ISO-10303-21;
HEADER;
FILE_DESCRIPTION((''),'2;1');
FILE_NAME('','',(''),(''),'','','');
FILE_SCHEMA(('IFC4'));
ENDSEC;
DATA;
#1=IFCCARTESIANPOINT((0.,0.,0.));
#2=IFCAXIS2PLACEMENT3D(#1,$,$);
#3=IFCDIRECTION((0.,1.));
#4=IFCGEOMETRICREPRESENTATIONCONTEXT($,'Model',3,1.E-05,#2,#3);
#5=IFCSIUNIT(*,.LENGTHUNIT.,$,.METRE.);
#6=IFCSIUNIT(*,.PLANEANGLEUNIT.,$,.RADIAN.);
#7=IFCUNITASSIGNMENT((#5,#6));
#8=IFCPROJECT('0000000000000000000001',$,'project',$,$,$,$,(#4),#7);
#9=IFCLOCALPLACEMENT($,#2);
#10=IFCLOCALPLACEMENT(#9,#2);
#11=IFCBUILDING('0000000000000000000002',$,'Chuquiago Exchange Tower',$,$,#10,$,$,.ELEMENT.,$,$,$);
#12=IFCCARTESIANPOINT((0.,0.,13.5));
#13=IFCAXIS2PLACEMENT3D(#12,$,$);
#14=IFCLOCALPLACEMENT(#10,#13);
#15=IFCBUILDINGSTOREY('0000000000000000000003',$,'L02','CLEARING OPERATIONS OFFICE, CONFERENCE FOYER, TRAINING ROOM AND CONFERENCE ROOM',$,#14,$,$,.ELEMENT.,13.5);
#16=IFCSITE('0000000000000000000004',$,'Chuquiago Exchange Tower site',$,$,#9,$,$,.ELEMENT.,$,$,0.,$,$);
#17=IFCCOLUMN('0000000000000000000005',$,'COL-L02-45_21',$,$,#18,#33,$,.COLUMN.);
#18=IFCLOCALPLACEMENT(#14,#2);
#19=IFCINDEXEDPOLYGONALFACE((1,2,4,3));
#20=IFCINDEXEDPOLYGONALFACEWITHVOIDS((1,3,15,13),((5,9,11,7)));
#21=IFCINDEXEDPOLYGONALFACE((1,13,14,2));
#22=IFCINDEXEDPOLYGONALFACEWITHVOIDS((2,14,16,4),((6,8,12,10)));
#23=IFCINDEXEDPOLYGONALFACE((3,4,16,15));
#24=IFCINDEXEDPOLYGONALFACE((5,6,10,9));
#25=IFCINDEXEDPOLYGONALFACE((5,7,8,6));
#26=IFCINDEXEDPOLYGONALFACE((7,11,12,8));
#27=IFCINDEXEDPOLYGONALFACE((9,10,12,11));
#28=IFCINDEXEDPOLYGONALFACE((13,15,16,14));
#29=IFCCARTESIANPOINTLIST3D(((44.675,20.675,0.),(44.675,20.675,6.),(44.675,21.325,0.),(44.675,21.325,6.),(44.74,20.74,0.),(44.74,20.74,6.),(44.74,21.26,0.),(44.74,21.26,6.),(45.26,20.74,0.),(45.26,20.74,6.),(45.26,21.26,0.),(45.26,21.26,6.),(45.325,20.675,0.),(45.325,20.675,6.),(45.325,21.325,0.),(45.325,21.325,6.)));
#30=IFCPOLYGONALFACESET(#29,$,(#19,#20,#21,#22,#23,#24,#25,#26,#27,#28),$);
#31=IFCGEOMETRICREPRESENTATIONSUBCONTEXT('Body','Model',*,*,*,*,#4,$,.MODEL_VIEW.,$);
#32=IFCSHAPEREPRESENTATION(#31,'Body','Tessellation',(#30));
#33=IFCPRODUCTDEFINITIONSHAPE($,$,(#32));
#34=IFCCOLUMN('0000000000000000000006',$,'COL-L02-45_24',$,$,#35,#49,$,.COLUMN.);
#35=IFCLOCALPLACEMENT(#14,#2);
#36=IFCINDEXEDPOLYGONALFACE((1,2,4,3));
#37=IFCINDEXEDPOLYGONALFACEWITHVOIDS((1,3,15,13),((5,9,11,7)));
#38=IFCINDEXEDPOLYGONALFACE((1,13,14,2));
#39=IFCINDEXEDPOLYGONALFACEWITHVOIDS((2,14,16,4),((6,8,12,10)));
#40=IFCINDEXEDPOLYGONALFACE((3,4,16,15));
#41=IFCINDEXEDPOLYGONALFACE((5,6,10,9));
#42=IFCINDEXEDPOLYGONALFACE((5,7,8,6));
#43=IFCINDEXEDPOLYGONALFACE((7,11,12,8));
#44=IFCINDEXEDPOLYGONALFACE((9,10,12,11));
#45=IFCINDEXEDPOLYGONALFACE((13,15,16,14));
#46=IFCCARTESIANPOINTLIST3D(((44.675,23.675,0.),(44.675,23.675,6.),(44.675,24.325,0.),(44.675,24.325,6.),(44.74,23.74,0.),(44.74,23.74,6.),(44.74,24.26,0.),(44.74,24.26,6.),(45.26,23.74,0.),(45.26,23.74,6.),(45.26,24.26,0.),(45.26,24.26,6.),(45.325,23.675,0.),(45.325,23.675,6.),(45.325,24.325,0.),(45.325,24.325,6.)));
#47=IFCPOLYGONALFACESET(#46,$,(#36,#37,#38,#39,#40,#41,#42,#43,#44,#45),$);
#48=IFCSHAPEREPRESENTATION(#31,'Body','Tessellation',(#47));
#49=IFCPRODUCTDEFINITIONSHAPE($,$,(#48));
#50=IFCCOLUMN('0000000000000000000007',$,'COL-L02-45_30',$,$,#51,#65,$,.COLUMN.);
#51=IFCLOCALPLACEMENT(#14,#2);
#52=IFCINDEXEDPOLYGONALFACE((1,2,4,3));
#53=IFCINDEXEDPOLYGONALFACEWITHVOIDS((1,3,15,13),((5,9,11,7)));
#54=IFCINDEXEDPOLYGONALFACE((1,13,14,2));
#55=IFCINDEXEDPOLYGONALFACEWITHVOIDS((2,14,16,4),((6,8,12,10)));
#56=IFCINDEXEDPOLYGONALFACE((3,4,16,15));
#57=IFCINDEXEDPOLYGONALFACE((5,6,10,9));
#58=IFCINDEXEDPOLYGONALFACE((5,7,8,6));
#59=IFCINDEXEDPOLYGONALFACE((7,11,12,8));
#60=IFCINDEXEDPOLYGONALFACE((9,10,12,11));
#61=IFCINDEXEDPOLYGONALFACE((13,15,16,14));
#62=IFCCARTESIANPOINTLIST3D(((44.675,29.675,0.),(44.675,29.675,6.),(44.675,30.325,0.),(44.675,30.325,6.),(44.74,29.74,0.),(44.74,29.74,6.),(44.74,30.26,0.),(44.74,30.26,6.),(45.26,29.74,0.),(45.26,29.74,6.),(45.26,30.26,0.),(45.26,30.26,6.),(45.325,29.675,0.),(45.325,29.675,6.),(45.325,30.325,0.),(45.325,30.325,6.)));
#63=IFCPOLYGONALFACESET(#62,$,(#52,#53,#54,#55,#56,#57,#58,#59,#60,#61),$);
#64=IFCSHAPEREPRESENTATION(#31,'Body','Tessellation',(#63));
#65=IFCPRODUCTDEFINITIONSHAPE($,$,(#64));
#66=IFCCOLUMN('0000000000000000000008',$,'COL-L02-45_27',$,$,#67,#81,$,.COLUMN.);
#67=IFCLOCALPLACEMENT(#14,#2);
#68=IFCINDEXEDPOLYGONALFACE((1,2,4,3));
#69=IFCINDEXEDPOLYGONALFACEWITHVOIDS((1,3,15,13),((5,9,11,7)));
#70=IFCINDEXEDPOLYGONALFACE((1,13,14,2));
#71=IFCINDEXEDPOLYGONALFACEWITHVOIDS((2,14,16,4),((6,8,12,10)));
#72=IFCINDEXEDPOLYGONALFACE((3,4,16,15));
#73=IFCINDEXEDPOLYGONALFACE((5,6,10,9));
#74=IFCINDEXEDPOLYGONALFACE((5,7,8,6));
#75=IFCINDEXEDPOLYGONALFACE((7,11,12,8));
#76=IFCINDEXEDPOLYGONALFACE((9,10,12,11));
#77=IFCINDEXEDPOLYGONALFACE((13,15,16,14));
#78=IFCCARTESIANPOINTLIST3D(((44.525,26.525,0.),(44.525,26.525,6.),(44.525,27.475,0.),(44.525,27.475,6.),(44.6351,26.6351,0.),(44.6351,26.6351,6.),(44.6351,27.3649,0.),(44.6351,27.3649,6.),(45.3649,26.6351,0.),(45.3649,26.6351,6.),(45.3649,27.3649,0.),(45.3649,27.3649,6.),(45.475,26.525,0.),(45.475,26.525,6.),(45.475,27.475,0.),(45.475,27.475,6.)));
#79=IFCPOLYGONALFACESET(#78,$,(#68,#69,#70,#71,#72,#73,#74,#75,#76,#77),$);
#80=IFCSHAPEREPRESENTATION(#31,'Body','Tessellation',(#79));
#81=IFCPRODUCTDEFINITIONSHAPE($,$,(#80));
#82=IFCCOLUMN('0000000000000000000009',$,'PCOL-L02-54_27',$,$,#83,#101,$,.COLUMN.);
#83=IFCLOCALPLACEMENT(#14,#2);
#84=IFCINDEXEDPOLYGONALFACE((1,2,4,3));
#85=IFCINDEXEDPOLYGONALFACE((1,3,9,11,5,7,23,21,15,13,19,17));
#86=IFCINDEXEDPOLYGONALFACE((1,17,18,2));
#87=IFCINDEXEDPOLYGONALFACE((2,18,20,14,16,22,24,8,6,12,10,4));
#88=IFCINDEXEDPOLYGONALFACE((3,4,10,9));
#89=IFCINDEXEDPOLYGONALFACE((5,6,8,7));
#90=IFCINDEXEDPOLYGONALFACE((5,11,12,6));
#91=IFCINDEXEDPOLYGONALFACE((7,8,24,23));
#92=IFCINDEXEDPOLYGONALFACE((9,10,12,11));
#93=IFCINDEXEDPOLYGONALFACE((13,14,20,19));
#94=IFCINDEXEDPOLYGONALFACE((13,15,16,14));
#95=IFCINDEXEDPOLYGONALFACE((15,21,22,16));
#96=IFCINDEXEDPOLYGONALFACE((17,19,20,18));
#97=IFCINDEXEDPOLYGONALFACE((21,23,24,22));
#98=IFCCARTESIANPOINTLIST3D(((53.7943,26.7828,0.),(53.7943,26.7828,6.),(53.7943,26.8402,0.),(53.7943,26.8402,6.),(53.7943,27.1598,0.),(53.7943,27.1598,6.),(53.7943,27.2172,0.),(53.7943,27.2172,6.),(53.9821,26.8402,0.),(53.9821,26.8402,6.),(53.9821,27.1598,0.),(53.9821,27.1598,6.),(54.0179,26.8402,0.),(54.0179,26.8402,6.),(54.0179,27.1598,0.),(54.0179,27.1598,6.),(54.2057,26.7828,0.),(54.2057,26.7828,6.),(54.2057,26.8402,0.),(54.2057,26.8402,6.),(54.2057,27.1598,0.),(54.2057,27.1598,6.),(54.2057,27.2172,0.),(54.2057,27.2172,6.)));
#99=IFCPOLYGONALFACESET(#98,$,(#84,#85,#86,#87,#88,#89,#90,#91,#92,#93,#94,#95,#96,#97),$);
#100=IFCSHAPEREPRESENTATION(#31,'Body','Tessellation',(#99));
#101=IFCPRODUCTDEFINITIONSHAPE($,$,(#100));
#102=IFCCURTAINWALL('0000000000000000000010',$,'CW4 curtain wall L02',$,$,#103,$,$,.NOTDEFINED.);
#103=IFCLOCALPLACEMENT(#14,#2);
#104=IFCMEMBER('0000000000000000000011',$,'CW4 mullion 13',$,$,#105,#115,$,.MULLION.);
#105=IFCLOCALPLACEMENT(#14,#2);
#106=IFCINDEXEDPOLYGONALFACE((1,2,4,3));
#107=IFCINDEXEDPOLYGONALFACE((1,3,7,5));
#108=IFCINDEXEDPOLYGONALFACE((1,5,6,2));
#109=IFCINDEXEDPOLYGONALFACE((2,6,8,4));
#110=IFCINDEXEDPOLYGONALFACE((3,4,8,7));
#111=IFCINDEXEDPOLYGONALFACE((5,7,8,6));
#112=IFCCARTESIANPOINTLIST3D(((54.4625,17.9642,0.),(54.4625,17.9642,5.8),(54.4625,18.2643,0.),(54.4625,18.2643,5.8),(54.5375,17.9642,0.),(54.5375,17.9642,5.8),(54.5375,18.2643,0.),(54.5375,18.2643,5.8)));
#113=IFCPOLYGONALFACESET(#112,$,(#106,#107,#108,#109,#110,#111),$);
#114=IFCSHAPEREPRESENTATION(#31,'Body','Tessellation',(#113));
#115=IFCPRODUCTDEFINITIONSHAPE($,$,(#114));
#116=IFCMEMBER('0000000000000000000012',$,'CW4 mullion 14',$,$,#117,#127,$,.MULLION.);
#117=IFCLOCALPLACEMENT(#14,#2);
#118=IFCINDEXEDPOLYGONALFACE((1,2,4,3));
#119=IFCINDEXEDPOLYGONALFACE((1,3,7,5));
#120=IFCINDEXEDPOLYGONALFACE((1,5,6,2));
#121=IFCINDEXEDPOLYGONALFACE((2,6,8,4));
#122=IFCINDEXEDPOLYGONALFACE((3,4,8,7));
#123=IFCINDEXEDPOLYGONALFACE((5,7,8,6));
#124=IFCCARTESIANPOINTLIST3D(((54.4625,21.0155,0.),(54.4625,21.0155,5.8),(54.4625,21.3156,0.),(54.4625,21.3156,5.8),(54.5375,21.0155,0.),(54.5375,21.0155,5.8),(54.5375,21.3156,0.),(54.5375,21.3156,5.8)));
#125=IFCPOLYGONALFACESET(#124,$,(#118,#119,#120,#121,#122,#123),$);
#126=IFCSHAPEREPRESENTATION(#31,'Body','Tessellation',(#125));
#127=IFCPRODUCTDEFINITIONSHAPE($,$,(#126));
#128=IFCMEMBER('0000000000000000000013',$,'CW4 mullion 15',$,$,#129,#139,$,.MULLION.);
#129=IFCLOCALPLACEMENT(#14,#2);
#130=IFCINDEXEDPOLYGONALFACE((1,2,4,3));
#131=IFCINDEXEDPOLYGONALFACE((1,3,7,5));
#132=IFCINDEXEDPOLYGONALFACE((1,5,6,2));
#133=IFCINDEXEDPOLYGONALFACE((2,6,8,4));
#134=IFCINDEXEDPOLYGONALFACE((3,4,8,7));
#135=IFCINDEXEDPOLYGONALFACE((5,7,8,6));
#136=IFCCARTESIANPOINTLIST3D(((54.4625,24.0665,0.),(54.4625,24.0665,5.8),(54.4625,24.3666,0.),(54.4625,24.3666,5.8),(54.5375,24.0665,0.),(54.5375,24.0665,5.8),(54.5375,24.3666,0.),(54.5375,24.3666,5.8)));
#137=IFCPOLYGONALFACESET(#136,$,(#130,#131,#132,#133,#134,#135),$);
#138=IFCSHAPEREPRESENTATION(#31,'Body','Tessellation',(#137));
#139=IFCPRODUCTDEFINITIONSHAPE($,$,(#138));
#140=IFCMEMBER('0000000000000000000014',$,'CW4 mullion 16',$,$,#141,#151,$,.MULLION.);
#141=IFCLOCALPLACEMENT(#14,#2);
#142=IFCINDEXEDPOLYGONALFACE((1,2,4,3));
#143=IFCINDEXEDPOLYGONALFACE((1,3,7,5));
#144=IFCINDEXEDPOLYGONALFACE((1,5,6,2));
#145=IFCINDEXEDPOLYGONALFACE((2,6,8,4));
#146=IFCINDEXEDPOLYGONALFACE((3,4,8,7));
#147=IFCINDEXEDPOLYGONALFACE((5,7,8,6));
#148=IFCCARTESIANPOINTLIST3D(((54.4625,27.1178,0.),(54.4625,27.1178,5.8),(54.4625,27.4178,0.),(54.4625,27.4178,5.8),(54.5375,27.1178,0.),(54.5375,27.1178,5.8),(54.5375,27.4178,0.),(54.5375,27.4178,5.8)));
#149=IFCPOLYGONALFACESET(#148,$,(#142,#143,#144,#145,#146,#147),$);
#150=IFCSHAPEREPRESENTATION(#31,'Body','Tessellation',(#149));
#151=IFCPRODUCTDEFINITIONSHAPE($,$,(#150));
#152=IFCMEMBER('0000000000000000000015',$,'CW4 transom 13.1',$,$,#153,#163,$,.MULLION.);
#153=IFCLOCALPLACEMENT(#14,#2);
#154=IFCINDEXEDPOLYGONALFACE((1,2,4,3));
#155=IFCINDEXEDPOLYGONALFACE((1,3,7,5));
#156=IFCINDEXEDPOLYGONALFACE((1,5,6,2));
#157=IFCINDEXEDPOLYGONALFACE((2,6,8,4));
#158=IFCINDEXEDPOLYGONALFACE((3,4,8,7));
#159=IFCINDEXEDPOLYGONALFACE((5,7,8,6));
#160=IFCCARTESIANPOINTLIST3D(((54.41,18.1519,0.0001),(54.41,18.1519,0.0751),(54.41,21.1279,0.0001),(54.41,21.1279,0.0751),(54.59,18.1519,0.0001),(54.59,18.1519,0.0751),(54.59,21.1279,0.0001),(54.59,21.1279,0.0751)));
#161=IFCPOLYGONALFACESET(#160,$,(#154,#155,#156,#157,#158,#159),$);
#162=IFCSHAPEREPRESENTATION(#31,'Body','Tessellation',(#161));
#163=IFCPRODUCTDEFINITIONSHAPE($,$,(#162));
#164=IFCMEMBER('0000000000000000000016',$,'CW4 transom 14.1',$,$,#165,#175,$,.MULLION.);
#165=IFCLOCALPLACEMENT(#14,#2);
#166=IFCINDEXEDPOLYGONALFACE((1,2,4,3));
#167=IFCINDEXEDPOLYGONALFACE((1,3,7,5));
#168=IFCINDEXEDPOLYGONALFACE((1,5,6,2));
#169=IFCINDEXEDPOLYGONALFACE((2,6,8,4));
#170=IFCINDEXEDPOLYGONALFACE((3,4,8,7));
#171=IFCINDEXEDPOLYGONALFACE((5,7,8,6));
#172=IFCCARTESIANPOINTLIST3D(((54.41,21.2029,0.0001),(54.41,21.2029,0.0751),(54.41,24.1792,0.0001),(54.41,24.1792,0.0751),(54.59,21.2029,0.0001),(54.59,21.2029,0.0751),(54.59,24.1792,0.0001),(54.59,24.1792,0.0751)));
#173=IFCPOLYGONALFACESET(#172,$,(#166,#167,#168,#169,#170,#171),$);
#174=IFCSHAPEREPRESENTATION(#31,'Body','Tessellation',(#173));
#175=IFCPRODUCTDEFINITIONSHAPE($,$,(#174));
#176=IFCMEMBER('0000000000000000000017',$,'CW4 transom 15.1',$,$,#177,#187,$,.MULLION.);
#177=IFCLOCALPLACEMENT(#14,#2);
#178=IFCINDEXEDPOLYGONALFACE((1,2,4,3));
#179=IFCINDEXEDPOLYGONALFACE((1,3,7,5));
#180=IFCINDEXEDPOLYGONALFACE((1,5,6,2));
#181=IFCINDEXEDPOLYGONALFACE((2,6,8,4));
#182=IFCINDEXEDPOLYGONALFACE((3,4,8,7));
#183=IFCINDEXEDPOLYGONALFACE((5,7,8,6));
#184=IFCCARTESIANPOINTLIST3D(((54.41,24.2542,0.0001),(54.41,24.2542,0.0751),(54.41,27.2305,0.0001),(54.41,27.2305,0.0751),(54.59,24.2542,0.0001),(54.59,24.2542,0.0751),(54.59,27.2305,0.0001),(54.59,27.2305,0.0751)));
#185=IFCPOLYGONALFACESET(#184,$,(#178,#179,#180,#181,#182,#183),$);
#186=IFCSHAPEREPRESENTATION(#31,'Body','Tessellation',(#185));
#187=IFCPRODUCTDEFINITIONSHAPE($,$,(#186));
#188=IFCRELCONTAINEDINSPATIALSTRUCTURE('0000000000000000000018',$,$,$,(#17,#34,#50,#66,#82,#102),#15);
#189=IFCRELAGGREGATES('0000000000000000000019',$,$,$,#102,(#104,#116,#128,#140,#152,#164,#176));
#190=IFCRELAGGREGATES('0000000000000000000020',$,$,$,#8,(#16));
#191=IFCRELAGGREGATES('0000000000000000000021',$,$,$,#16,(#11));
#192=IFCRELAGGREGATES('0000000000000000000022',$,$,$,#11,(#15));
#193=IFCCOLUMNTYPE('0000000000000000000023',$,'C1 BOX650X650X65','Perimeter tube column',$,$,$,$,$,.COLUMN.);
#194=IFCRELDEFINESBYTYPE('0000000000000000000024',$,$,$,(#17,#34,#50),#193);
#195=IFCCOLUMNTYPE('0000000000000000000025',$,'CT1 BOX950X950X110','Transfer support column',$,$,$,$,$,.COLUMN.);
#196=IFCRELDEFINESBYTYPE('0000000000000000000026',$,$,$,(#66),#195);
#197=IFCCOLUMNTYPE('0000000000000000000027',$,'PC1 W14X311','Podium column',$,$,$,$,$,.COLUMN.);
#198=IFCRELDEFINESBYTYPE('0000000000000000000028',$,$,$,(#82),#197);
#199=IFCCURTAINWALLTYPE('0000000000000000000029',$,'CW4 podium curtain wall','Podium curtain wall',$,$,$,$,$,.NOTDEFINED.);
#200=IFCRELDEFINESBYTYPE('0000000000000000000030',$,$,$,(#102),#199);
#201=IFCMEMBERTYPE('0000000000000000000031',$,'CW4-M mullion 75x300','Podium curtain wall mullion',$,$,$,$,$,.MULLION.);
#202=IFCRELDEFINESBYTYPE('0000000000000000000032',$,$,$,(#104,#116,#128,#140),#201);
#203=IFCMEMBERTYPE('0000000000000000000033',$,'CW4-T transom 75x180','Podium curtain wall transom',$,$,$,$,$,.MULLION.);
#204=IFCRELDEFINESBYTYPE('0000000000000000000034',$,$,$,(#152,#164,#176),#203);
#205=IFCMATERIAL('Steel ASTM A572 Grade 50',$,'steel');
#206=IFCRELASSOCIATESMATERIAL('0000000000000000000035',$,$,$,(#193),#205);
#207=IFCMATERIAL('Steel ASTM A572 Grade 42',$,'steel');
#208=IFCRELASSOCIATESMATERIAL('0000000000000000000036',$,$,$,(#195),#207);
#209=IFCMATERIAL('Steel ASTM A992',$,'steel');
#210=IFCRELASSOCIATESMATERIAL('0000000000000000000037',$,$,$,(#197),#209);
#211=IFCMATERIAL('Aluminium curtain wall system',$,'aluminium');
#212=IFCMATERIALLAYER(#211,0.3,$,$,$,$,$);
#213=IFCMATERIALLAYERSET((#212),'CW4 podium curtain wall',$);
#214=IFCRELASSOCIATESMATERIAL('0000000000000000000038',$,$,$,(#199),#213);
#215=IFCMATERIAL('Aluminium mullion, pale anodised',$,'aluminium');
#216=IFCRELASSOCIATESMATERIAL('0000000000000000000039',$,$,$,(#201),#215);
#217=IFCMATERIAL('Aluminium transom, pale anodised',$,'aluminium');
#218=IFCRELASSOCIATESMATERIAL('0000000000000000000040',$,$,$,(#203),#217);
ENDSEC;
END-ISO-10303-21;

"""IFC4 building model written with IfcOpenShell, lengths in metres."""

from ifc_helpers import new_model, si_unit, direction, frame, origin, origin_2d, place, context, subcontext, project, spatial, rectangle, hollow_rectangle, i_section, extrude, material, layer, layer_set, material_profile, profile_set, type_object, element, aggregate, save


model = new_model("IFC4")

# Units and contexts
model_context = context("Model", 3, precision=1e-05, world=origin(), true_north=direction((0.0, 1.0)))
body_context = subcontext(model_context, "Body", "Model", "MODEL_VIEW")
ifc_project = project(units=[si_unit("LENGTHUNIT", "METRE"), si_unit("PLANEANGLEUNIT", "RADIAN")], contexts=[model_context])

# Site, building, storey
site_placement = place(None, origin())
site = spatial("IfcSite", under=ifc_project, at=site_placement, Name="Chuquiago Exchange Tower site", CompositionType="ELEMENT", RefElevation=0.0)
building_placement = place(site_placement, origin())
building = spatial("IfcBuilding", under=site, at=building_placement, Name="Chuquiago Exchange Tower", CompositionType="ELEMENT")
storey_placement = place(building_placement, frame((0.0, 0.0, 13.5)))
storey = spatial("IfcBuildingStorey", under=building, at=storey_placement, Name="L02", Description="CLEARING OPERATIONS OFFICE, CONFERENCE FOYER, TRAINING ROOM AND CONFERENCE ROOM", CompositionType="ELEMENT", Elevation=13.5)

# Columns
ifc_material_1 = material(Name="Steel ASTM A572 Grade 50", Category="steel")
ifc_material_profile_1 = material_profile(ifc_material_1, hollow_rectangle(XDim=0.6499, YDim=0.6499, WallThickness=0.0649, at=origin_2d()), Name="BOX650X650X65")
ifc_profile_set_1 = profile_set([ifc_material_profile_1], Name="Steel ASTM A572 Grade 50")
column_type_1 = type_object("IfcColumnType", Name="C1 BOX650X650X65", Description="Perimeter tube column", PredefinedType="COLUMN", material=ifc_profile_set_1)
for number, where, z_axis, x_axis, name in (
    (1, (45.0, 21.0, 0.0), (0.0, 0.0, 1.0), (1.0, 0.0, 0.0), "COL-L02-45_21"),
    (2, (45.0, 24.0, 0.0), (0.0, 0.0, 1.0), (1.0, 0.0, 0.0), "COL-L02-45_24"),
    (3, (45.0, 30.0, 0.0), (0.0, 0.0, 1.0), (1.0, 0.0, 0.0), "COL-L02-45_30"),
):
    element("IfcColumn", number, at=place(storey_placement, frame(where, z_axis=z_axis, x_axis=x_axis)), inside=storey, type_object=column_type_1, Name=name, PredefinedType="COLUMN", context=body_context, shape_type="SweptSolid", body=[
        extrude(hollow_rectangle(XDim=0.6499, YDim=0.6499, WallThickness=0.0649, at=origin_2d()), origin(), (0.0, 0.0, 1.0), 6.0),
    ])
ifc_material_2 = material(Name="Steel ASTM A572 Grade 42", Category="steel")
ifc_material_profile_2 = material_profile(ifc_material_2, hollow_rectangle(XDim=0.95, YDim=0.95, WallThickness=0.1101, at=origin_2d()), Name="BOX950X950X110")
ifc_profile_set_2 = profile_set([ifc_material_profile_2], Name="Steel ASTM A572 Grade 42")
column_type_2 = type_object("IfcColumnType", Name="CT1 BOX950X950X110", Description="Transfer support column", PredefinedType="COLUMN", material=ifc_profile_set_2)
column_1_placement = place(storey_placement, frame((45.0, 27.0, 0.0), z_axis=(0.0, 0.0, 1.0), x_axis=(1.0, 0.0, 0.0)))
element("IfcColumn", 4, at=column_1_placement, inside=storey, type_object=column_type_2, Name="COL-L02-45_27", PredefinedType="COLUMN", context=body_context, shape_type="SweptSolid", body=[
    extrude(hollow_rectangle(XDim=0.95, YDim=0.95, WallThickness=0.1101, at=origin_2d()), origin(), (0.0, 0.0, 1.0), 6.0),
])
ifc_material_3 = material(Name="Steel ASTM A992", Category="steel")
ifc_material_profile_3 = material_profile(ifc_material_3, i_section(OverallWidth=0.4114, OverallDepth=0.4343, WebThickness=0.0359, FlangeThickness=0.0574, at=origin_2d()), Name="W14X311")
ifc_profile_set_3 = profile_set([ifc_material_profile_3], Name="Steel ASTM A992")
column_type_3 = type_object("IfcColumnType", Name="PC1 W14X311", Description="Podium column", PredefinedType="COLUMN", material=ifc_profile_set_3)
column_2_placement = place(storey_placement, frame((54.0, 27.0, 0.0), z_axis=(0.0, 0.0, 1.0), x_axis=(1.0, 0.0, 0.0)))
element("IfcColumn", 5, at=column_2_placement, inside=storey, type_object=column_type_3, Name="PCOL-L02-54_27", PredefinedType="COLUMN", context=body_context, shape_type="SweptSolid", body=[
    extrude(i_section(OverallWidth=0.4114, OverallDepth=0.4343, WebThickness=0.0359, FlangeThickness=0.0574, at=origin_2d()), origin(), (0.0, 0.0, 1.0), 6.0),
])

# Curtain wall, members
ifc_material_4 = material(Name="Aluminium curtain wall system", Category="aluminium")
ifc_layer_1 = layer(ifc_material_4, 0.3)
ifc_layer_set_1 = layer_set([ifc_layer_1], Name="CW4 podium curtain wall")
curtain_wall_type = type_object("IfcCurtainWallType", Name="CW4 podium curtain wall", Description="Podium curtain wall", PredefinedType="NOTDEFINED", material=ifc_layer_set_1)
curtain_wall_placement = place(storey_placement, origin())
curtain_wall = element("IfcCurtainWall", 6, at=curtain_wall_placement, inside=storey, type_object=curtain_wall_type, Name="CW4 curtain wall L02", PredefinedType="NOTDEFINED")
ifc_material_5 = material(Name="Aluminium mullion, pale anodised", Category="aluminium")
ifc_material_profile_4 = material_profile(ifc_material_5, rectangle(XDim=0.075, YDim=0.3, at=origin_2d()), Name="AL 75x300")
ifc_profile_set_4 = profile_set([ifc_material_profile_4], Name="Aluminium mullion, pale anodised")
member_type_1 = type_object("IfcMemberType", Name="CW4-M mullion 75x300", Description="Podium curtain wall mullion", PredefinedType="MULLION", material=ifc_profile_set_4)
member_1_placement = place(storey_placement, frame((54.5, 18.1143, 0.0), z_axis=(0.0, 0.0, 1.0), x_axis=(-1.0, 0.0, 0.0)))
member_1 = element("IfcMember", 7, at=member_1_placement, type_object=member_type_1, Name="CW4 mullion 13", PredefinedType="MULLION", context=body_context, shape_type="SweptSolid", body=[
    extrude(rectangle(XDim=0.075, YDim=0.3, at=origin_2d()), origin(), (0.0, 0.0, 1.0), 5.8),
])
member_2_placement = place(storey_placement, frame((54.5, 21.1655, 0.0), z_axis=(0.0, 0.0, 1.0), x_axis=(-1.0, 0.0, 0.0)))
member_2 = element("IfcMember", 8, at=member_2_placement, type_object=member_type_1, Name="CW4 mullion 14", PredefinedType="MULLION", context=body_context, shape_type="SweptSolid", body=[
    extrude(rectangle(XDim=0.075, YDim=0.3, at=origin_2d()), origin(), (0.0, 0.0, 1.0), 5.8),
])
member_3_placement = place(storey_placement, frame((54.5, 24.2166, 0.0), z_axis=(0.0, 0.0, 1.0), x_axis=(-1.0, 0.0, 0.0)))
member_3 = element("IfcMember", 9, at=member_3_placement, type_object=member_type_1, Name="CW4 mullion 15", PredefinedType="MULLION", context=body_context, shape_type="SweptSolid", body=[
    extrude(rectangle(XDim=0.075, YDim=0.3, at=origin_2d()), origin(), (0.0, 0.0, 1.0), 5.8),
])
member_4_placement = place(storey_placement, frame((54.5, 27.2678, 0.0), z_axis=(0.0, 0.0, 1.0), x_axis=(-1.0, 0.0, 0.0)))
member_4 = element("IfcMember", 10, at=member_4_placement, type_object=member_type_1, Name="CW4 mullion 16", PredefinedType="MULLION", context=body_context, shape_type="SweptSolid", body=[
    extrude(rectangle(XDim=0.075, YDim=0.3, at=origin_2d()), origin(), (0.0, 0.0, 1.0), 5.8),
])
ifc_material_6 = material(Name="Aluminium transom, pale anodised", Category="aluminium")
ifc_material_profile_5 = material_profile(ifc_material_6, rectangle(XDim=0.1799, YDim=0.075, at=origin_2d()), Name="AL 180x75")
ifc_profile_set_5 = profile_set([ifc_material_profile_5], Name="Aluminium transom, pale anodised")
member_type_2 = type_object("IfcMemberType", Name="CW4-T transom 75x180", Description="Podium curtain wall transom", PredefinedType="MULLION", material=ifc_profile_set_5)
member_5_placement = place(storey_placement, frame((54.5, 18.1519, 0.0376), z_axis=(0.0, 1.0, 0.0), x_axis=(-1.0, 0.0, 0.0)))
member_5 = element("IfcMember", 11, at=member_5_placement, type_object=member_type_2, Name="CW4 transom 13.1", PredefinedType="MULLION", context=body_context, shape_type="SweptSolid", body=[
    extrude(rectangle(XDim=0.1799, YDim=0.075, at=origin_2d()), origin(), (0.0, 0.0, 1.0), 2.9761),
])
member_6_placement = place(storey_placement, frame((54.5, 21.2029, 0.0376), z_axis=(0.0, 1.0, 0.0), x_axis=(-1.0, 0.0, 0.0)))
member_6 = element("IfcMember", 12, at=member_6_placement, type_object=member_type_2, Name="CW4 transom 14.1", PredefinedType="MULLION", context=body_context, shape_type="SweptSolid", body=[
    extrude(rectangle(XDim=0.1799, YDim=0.075, at=origin_2d()), origin(), (0.0, 0.0, 1.0), 2.9763),
])
member_7_placement = place(storey_placement, frame((54.5, 24.2542, 0.0376), z_axis=(0.0, 1.0, 0.0), x_axis=(-1.0, 0.0, 0.0)))
member_7 = element("IfcMember", 13, at=member_7_placement, type_object=member_type_2, Name="CW4 transom 15.1", PredefinedType="MULLION", context=body_context, shape_type="SweptSolid", body=[
    extrude(rectangle(XDim=0.1799, YDim=0.075, at=origin_2d()), origin(), (0.0, 0.0, 1.0), 2.9763),
])

aggregate(curtain_wall, [member_1, member_2, member_3, member_4, member_5, member_6, member_7])

save(model, "model.ifc")
